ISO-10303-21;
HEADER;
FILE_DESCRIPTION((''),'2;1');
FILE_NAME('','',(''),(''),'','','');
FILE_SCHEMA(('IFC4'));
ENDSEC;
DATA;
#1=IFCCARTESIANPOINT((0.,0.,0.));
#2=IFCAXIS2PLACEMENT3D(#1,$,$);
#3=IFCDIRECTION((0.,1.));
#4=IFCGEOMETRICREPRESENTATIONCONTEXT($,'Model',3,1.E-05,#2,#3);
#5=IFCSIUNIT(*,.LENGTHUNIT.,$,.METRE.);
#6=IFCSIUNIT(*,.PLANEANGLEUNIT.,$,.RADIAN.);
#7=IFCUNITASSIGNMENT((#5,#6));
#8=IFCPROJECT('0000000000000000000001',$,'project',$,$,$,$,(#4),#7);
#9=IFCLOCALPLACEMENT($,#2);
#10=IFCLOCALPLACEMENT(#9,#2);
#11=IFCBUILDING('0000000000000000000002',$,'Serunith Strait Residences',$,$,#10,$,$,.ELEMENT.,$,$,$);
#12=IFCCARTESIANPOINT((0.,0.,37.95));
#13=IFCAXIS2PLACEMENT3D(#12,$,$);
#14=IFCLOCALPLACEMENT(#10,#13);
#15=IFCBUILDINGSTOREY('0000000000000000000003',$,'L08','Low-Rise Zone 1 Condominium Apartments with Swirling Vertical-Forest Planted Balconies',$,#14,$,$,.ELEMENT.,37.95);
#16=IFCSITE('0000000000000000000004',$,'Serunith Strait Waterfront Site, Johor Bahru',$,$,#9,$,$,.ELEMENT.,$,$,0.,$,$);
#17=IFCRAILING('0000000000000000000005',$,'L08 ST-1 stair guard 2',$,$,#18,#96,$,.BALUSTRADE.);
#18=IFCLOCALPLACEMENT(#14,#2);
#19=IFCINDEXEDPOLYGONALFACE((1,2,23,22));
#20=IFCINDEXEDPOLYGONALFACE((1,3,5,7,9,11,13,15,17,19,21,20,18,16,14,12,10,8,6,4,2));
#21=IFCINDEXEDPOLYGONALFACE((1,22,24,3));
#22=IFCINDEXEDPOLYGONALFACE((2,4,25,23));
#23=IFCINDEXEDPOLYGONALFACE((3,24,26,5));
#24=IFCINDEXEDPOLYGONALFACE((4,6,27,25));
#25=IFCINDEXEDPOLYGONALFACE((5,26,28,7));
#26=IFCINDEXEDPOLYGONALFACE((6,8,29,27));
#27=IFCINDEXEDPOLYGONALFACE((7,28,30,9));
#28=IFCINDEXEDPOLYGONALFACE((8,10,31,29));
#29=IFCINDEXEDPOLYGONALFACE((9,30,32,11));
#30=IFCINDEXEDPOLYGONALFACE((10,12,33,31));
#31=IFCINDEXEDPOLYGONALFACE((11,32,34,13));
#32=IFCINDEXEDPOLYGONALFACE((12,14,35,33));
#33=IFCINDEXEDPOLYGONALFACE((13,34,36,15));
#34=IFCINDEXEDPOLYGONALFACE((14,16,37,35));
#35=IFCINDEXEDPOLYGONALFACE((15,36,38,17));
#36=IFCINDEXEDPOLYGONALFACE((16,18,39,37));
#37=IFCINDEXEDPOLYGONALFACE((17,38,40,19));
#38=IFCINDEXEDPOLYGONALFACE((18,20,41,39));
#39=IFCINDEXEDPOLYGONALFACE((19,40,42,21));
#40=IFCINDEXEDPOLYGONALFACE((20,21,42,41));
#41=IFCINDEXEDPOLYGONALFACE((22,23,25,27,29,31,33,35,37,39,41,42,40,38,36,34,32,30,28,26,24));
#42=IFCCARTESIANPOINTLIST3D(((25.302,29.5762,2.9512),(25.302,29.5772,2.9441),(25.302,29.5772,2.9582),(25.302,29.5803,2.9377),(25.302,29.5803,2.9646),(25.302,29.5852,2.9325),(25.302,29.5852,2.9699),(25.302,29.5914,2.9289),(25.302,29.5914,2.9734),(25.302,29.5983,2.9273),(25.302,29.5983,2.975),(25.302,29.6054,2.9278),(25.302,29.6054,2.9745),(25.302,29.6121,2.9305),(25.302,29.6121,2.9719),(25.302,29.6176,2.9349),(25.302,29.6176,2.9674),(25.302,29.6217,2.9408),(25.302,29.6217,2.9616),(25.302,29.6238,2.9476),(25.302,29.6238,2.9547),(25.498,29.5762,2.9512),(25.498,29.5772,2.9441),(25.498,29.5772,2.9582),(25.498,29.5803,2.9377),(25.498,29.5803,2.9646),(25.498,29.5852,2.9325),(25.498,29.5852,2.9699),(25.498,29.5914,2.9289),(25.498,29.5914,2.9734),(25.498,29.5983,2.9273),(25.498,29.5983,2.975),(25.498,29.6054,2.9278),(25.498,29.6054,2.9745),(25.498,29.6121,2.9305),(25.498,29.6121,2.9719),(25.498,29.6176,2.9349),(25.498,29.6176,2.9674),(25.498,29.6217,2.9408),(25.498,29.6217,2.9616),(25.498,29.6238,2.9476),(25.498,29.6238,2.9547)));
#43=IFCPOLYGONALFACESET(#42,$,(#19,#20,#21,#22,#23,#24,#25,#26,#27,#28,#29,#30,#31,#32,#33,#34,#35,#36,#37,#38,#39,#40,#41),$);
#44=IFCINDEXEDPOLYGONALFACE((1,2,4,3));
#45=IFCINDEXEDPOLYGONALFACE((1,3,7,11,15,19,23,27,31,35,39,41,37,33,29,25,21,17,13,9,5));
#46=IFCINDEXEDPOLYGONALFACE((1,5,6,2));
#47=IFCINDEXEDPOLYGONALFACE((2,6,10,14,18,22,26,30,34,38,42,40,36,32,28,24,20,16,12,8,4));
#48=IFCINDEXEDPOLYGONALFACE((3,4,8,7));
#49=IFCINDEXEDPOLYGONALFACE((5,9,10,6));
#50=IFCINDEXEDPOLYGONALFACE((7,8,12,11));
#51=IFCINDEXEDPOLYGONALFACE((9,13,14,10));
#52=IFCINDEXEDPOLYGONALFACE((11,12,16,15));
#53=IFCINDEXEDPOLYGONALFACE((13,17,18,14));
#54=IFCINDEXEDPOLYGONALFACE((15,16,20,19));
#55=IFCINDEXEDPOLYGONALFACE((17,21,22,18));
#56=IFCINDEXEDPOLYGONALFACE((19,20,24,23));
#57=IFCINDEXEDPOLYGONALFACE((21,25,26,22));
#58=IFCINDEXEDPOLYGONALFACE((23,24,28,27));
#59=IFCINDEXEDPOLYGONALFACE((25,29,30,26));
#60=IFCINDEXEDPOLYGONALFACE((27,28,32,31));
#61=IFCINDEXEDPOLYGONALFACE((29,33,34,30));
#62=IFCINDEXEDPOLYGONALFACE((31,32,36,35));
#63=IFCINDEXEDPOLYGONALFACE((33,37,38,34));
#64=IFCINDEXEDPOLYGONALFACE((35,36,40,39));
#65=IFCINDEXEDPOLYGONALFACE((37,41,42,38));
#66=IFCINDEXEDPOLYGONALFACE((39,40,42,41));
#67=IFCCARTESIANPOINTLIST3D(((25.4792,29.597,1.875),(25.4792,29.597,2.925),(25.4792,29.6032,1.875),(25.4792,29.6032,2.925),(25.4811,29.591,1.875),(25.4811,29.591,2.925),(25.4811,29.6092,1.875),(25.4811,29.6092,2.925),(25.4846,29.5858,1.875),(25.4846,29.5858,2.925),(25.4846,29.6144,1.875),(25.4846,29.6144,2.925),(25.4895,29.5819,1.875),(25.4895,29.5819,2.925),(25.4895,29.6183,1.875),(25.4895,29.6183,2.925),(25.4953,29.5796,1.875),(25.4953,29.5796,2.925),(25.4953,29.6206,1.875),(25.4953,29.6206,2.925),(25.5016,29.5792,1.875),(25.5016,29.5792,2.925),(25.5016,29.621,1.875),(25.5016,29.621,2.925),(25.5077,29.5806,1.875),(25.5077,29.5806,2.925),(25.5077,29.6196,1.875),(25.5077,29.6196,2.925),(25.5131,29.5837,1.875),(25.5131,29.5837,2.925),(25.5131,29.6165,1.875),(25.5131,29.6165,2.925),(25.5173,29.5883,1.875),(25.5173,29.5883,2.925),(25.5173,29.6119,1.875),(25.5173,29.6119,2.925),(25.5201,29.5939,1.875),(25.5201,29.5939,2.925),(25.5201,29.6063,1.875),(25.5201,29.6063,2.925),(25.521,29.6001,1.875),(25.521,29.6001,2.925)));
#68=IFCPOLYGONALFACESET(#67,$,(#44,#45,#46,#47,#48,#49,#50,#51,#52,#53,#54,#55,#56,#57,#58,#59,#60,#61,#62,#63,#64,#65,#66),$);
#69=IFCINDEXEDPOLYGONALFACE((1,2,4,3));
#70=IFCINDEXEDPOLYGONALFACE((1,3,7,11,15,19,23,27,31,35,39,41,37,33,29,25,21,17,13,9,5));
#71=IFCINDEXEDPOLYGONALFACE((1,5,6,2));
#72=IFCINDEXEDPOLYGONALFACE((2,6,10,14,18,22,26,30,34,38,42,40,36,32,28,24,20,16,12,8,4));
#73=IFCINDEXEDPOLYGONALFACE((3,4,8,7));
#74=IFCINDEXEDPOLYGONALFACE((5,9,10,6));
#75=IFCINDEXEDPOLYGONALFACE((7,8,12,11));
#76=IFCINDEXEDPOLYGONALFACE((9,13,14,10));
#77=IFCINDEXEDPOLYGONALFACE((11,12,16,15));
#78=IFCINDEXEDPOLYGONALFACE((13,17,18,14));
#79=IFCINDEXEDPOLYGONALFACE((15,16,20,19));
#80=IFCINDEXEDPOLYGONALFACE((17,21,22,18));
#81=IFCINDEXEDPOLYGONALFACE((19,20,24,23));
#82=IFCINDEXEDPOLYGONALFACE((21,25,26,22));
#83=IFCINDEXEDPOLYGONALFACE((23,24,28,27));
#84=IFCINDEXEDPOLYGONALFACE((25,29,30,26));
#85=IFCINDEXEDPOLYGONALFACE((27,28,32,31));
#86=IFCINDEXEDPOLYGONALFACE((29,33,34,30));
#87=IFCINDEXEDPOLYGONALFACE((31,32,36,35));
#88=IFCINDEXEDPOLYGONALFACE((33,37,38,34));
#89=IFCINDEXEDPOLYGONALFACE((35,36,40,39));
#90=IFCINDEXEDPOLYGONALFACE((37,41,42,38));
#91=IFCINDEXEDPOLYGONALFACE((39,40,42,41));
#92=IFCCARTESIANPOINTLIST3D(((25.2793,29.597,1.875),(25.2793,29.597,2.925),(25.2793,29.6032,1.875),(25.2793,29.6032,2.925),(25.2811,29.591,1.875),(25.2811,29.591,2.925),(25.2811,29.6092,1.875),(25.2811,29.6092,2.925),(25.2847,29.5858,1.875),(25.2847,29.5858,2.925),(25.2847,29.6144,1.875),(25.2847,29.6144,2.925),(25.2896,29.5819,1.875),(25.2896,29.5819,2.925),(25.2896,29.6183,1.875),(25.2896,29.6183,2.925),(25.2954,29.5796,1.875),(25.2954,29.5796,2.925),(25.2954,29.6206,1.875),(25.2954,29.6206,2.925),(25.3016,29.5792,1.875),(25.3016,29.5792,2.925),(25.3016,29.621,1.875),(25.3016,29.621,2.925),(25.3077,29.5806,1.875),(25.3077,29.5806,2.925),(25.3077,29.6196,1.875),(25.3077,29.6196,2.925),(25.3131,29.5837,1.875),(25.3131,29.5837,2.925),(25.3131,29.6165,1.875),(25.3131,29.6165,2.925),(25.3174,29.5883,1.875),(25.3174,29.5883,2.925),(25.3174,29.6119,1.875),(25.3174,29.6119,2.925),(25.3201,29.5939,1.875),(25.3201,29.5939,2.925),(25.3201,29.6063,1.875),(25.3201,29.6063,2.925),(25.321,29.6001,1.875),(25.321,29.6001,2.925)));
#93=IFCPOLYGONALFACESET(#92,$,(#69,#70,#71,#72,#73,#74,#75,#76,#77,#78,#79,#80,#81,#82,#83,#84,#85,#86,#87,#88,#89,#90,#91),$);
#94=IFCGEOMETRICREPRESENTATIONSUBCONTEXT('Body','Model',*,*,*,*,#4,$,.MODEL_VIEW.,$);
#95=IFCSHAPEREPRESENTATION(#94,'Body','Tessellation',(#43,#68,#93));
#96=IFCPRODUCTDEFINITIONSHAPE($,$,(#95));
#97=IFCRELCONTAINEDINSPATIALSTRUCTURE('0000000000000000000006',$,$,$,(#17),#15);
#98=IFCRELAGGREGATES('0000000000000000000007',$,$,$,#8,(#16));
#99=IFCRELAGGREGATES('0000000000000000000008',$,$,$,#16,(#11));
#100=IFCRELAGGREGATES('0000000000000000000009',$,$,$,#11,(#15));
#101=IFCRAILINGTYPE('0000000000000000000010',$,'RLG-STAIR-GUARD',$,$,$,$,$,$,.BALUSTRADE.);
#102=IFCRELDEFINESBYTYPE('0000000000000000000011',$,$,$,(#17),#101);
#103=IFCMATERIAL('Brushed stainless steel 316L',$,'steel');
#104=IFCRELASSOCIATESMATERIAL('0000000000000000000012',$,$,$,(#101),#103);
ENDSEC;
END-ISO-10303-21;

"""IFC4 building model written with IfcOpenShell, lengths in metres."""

from ifc_helpers import new_model, si_unit, direction, frame, origin, origin_2d, place, context, subcontext, project, spatial, circle, extrude, material, type_object, element, save


model = new_model("IFC4")

# Units and contexts
model_context = context("Model", 3, precision=1e-05, world=origin(), true_north=direction((0.0, 1.0)))
body_context = subcontext(model_context, "Body", "Model", "MODEL_VIEW")
ifc_project = project(units=[si_unit("LENGTHUNIT", "METRE"), si_unit("PLANEANGLEUNIT", "RADIAN")], contexts=[model_context])

# Site, building, storey
site_placement = place(None, origin())
site = spatial("IfcSite", under=ifc_project, at=site_placement, Name="Serunith Strait Waterfront Site, Johor Bahru", CompositionType="ELEMENT", RefElevation=0.0)
building_placement = place(site_placement, origin())
building = spatial("IfcBuilding", under=site, at=building_placement, Name="Serunith Strait Residences", CompositionType="ELEMENT")
storey_placement = place(building_placement, frame((0.0, 0.0, 37.95)))
storey = spatial("IfcBuildingStorey", under=building, at=storey_placement, Name="L08", Description="Low-Rise Zone 1 Condominium Apartments with Swirling Vertical-Forest Planted Balconies", CompositionType="ELEMENT", Elevation=37.95)

# Railing
ifc_material_1 = material(Name="Brushed stainless steel 316L", Category="steel")
railing_type_1 = type_object("IfcRailingType", Name="RLG-STAIR-GUARD", PredefinedType="BALUSTRADE", material=ifc_material_1)
railing_1_placement = place(storey_placement, frame((25.5, 29.6001, 1.875)))
element("IfcRailing", 1, at=railing_1_placement, inside=storey, type_object=railing_type_1, Name="L08 ST-1 stair guard 2", PredefinedType="BALUSTRADE", context=body_context, shape_type="SweptSolid", body=[
    extrude(circle(Radius=0.0239, at=origin_2d()), frame((-0.002, 0.0, 1.0762), z_axis=(-1.0, 0.0, 0.0), x_axis=(0.0, -1.0, 0.0)), (0.0, 0.0, 1.0), 0.196),
    extrude(circle(Radius=0.021, at=origin_2d()), origin(), (0.0, 0.0, 1.0), 1.05),
    extrude(circle(Radius=0.021, at=origin_2d()), frame((-0.2, 0.0, 0.0)), (0.0, 0.0, 1.0), 1.05),
])

save(model, "model.ifc")
